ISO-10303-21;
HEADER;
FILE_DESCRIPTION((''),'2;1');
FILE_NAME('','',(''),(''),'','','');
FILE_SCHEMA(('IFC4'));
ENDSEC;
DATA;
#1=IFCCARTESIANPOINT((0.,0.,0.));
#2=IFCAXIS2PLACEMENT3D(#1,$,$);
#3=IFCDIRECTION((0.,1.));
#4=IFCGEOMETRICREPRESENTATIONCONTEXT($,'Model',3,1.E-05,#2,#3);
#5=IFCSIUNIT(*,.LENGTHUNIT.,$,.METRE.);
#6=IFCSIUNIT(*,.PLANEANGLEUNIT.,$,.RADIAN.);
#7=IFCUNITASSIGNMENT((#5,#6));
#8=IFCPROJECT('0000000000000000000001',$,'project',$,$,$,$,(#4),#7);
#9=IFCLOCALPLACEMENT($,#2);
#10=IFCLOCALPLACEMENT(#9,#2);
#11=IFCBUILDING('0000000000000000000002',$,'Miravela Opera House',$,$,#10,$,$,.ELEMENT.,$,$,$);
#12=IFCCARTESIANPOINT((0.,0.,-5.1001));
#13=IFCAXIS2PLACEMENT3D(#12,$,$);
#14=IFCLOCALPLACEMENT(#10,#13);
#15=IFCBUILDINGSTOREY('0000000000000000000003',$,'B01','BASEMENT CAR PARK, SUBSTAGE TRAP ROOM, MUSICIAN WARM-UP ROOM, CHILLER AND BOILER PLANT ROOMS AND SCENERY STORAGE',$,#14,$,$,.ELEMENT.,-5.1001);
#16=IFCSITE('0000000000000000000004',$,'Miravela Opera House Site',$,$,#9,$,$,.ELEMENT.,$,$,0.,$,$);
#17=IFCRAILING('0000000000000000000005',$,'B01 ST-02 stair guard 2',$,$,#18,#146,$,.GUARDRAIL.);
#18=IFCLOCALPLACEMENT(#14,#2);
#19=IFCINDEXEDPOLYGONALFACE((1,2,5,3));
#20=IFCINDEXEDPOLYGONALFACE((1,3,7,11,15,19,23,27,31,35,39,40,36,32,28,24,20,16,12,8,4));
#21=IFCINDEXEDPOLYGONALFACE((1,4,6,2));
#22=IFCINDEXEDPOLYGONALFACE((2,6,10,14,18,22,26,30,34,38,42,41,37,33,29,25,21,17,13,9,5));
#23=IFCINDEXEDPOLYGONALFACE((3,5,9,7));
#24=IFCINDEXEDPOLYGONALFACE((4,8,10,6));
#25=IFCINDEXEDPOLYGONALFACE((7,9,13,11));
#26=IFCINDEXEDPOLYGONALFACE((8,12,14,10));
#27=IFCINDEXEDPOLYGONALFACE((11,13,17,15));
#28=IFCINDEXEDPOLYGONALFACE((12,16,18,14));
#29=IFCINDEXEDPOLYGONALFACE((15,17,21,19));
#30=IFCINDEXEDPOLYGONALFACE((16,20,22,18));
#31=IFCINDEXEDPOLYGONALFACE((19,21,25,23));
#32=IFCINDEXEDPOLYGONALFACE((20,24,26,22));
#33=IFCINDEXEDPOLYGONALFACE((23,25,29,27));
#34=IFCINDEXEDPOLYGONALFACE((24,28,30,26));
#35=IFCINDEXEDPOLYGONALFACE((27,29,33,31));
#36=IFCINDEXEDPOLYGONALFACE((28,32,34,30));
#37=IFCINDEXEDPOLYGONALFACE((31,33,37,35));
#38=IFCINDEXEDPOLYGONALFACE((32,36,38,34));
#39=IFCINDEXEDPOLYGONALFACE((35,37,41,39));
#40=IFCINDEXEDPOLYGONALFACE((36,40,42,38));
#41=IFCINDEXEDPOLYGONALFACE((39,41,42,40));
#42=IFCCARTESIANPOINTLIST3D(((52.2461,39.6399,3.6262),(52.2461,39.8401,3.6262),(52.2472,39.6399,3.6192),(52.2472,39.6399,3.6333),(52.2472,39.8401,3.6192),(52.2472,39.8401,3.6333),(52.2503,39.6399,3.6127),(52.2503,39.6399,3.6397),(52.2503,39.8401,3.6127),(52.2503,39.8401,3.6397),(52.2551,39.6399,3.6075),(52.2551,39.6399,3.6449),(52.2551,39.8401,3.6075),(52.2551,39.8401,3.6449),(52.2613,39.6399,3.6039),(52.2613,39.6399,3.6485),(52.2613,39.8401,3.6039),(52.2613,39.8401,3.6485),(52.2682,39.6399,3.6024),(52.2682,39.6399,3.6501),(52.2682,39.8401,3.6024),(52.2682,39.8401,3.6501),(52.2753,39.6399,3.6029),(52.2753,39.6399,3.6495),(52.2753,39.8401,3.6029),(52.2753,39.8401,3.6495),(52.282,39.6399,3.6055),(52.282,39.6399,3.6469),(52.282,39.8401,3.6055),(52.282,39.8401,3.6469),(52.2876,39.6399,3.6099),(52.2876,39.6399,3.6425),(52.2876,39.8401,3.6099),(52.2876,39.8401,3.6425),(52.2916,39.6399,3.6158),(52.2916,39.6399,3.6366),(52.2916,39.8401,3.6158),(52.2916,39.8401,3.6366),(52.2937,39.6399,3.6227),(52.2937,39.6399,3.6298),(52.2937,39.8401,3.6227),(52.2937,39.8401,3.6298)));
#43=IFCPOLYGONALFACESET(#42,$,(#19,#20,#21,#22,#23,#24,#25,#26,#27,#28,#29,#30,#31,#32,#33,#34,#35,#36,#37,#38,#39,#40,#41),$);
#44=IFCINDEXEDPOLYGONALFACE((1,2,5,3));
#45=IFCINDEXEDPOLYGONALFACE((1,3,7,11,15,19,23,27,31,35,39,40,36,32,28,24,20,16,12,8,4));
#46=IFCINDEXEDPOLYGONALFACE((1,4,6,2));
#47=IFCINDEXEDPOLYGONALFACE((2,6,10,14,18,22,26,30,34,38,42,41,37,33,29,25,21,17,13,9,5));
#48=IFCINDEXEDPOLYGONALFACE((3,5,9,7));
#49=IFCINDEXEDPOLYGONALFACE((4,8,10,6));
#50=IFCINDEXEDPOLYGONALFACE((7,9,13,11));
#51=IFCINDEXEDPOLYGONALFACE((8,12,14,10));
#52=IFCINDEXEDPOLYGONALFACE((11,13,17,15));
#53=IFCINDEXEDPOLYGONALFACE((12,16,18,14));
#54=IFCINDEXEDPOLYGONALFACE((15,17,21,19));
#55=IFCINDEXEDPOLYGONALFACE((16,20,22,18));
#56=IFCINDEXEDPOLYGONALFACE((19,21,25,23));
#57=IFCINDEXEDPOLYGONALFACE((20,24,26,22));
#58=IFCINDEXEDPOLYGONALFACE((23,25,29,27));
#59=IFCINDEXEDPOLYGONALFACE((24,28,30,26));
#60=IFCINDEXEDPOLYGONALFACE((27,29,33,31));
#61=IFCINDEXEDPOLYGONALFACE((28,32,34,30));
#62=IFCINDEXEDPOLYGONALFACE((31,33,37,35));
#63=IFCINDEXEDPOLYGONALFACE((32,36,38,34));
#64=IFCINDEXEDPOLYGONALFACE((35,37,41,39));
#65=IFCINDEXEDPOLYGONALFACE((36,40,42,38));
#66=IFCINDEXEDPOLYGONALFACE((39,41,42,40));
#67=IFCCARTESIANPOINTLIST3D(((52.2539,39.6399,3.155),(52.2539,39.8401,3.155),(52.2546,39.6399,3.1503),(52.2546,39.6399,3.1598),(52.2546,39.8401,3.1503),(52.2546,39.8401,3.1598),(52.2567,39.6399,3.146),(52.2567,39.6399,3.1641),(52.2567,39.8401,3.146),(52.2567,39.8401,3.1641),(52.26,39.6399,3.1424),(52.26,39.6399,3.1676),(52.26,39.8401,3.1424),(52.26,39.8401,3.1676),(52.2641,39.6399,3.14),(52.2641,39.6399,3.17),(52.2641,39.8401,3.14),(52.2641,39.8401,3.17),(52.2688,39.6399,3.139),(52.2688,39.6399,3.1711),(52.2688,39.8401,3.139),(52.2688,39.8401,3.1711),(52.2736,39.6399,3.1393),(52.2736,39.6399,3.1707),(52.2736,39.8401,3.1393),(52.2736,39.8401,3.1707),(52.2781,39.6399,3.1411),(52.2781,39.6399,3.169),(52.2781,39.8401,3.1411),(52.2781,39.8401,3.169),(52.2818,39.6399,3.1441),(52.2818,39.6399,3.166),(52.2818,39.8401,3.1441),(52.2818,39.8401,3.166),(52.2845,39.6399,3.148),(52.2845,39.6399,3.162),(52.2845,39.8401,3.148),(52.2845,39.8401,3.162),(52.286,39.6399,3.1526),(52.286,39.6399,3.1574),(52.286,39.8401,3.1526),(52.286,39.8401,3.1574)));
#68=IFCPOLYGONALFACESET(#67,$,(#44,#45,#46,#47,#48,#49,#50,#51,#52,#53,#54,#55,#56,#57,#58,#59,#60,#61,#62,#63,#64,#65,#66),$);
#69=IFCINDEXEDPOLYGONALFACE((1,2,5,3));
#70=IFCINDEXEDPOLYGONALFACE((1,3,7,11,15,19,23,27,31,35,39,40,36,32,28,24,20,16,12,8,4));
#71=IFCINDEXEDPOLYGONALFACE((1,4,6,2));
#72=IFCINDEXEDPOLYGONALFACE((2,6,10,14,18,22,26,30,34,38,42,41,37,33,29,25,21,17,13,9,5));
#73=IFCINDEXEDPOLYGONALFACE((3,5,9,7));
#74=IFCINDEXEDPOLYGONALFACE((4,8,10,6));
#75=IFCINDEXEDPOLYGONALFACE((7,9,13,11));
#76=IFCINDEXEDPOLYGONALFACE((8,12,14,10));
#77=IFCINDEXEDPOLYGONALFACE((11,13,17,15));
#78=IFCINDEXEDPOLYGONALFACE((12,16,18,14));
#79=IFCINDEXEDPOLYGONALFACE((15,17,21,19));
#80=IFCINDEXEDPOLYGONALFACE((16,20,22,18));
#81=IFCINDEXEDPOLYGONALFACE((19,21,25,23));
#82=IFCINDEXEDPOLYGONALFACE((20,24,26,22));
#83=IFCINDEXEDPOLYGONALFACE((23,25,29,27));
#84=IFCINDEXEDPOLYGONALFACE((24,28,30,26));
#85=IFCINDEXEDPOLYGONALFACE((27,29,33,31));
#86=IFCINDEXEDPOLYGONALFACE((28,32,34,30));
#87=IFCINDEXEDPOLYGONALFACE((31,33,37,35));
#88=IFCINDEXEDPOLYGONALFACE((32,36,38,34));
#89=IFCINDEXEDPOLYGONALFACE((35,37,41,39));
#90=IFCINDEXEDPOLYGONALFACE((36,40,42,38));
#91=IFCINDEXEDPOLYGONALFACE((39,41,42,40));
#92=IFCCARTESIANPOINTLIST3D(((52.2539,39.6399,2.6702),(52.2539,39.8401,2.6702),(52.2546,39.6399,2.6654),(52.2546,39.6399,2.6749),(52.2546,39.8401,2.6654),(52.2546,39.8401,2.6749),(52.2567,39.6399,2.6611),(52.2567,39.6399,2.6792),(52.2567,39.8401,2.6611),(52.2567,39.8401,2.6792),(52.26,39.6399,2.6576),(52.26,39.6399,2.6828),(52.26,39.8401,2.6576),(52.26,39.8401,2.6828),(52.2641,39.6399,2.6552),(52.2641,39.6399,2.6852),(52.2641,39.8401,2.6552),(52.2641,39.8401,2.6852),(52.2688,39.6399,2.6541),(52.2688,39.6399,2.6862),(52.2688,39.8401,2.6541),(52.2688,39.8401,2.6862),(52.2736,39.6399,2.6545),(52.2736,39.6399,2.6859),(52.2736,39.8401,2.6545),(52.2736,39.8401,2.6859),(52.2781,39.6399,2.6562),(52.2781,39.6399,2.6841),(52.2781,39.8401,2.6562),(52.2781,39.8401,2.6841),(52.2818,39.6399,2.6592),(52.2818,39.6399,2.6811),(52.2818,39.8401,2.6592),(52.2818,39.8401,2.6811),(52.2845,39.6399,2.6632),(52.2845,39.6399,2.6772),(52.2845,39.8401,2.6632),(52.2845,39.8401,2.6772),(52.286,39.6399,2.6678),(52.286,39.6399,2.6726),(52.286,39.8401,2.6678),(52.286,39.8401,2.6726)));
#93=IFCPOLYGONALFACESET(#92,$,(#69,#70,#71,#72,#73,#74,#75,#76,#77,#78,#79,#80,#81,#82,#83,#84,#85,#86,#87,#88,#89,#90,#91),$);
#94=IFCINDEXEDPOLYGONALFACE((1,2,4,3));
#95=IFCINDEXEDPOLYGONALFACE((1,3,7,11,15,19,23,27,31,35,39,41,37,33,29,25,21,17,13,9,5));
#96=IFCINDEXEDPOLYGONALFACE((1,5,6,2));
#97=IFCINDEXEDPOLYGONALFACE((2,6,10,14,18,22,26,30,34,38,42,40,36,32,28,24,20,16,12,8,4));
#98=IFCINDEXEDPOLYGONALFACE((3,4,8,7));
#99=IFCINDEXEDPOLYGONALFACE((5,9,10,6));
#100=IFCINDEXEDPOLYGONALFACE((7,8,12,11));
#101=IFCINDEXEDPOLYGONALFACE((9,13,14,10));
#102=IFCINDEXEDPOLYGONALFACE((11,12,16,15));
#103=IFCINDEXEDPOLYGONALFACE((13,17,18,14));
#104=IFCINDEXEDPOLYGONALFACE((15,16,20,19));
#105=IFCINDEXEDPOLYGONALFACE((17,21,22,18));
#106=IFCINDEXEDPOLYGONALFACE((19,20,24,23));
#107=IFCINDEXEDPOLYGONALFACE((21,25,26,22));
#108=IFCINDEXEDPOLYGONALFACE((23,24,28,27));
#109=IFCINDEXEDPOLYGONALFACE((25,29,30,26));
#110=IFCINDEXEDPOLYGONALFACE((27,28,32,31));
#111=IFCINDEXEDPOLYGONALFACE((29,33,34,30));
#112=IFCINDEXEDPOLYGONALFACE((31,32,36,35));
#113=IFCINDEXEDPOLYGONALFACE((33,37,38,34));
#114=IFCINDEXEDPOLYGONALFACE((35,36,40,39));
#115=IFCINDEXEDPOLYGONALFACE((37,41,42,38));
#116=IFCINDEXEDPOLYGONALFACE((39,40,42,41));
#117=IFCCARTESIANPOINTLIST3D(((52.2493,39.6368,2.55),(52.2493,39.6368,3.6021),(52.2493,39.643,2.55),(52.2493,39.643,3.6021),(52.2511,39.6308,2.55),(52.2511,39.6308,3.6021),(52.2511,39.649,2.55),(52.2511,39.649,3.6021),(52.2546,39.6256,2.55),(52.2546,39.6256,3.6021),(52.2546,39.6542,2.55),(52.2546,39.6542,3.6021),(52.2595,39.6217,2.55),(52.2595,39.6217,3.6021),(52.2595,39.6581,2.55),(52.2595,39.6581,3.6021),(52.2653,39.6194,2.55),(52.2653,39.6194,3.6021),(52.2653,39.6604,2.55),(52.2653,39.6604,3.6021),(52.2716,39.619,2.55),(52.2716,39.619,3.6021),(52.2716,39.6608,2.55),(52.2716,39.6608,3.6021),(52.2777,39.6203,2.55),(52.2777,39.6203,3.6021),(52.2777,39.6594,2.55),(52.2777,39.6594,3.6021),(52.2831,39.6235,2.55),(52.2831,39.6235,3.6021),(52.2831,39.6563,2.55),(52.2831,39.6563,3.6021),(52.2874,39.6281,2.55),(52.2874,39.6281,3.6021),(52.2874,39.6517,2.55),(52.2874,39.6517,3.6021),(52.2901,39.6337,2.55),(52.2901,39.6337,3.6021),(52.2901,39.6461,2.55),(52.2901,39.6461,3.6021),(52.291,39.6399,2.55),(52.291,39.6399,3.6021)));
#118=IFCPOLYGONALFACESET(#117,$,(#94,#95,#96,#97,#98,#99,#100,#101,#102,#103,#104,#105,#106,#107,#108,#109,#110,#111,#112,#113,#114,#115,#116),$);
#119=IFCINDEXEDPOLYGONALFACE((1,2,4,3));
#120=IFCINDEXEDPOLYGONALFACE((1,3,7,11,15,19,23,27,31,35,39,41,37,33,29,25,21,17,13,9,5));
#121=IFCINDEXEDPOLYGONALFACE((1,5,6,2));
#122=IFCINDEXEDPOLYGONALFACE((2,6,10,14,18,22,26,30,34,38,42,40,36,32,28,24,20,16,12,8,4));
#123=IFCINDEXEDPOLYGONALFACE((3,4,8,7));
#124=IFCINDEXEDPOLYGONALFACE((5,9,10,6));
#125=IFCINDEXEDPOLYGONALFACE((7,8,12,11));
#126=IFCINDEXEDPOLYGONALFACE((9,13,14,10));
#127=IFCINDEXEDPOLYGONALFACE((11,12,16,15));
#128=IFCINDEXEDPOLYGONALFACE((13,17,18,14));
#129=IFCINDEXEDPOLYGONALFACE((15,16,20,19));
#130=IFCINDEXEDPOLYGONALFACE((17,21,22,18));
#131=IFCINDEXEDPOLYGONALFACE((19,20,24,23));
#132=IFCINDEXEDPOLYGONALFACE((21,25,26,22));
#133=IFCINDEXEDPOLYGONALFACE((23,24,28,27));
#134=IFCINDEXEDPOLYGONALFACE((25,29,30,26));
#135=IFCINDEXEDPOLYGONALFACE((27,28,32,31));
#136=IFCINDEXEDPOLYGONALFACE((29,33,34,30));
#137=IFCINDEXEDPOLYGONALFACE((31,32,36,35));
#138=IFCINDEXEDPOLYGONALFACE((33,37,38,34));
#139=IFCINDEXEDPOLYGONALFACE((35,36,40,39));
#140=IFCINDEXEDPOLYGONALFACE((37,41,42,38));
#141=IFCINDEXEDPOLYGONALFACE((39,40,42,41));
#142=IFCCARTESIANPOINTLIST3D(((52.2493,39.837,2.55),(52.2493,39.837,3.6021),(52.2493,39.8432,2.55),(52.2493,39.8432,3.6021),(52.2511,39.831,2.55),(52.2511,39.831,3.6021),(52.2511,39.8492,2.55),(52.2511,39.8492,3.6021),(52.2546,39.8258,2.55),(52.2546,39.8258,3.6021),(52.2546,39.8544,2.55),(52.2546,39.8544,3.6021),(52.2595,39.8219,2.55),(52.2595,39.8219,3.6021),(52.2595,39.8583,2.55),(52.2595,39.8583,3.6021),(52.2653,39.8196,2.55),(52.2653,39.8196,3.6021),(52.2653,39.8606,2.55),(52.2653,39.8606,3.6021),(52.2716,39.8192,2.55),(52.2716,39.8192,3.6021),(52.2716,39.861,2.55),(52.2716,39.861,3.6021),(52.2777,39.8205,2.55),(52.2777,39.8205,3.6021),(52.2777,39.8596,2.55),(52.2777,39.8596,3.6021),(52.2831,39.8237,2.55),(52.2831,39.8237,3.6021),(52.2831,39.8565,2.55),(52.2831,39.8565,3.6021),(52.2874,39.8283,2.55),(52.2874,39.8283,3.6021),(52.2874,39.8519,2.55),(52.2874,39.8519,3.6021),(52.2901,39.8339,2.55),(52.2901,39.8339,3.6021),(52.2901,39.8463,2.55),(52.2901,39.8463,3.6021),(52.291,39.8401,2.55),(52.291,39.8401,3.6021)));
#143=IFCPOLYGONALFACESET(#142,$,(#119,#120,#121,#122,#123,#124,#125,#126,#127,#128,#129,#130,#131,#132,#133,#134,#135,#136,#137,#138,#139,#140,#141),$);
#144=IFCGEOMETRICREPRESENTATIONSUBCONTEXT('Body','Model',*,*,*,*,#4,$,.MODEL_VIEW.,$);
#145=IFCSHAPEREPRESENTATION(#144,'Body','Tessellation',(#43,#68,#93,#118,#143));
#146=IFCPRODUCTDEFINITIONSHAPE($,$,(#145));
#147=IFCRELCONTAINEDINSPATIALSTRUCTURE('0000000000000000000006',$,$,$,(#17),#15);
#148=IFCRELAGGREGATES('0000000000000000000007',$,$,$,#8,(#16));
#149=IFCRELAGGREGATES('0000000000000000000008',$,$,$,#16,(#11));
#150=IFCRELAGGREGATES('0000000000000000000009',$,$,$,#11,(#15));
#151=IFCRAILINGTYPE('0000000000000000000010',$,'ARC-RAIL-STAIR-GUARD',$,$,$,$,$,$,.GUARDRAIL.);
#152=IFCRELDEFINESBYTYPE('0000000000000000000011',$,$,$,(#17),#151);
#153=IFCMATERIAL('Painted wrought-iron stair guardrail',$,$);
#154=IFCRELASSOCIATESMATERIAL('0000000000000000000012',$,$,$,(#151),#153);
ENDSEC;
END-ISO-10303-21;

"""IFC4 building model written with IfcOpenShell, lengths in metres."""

from ifc_helpers import new_model, si_unit, direction, frame, origin, origin_2d, place, context, subcontext, project, spatial, circle, extrude, material, type_object, element, save


model = new_model("IFC4")

# Units and contexts
model_context = context("Model", 3, precision=1e-05, world=origin(), true_north=direction((0.0, 1.0)))
body_context = subcontext(model_context, "Body", "Model", "MODEL_VIEW")
ifc_project = project(units=[si_unit("LENGTHUNIT", "METRE"), si_unit("PLANEANGLEUNIT", "RADIAN")], contexts=[model_context])

# Site, building, storey
site_placement = place(None, origin())
site = spatial("IfcSite", under=ifc_project, at=site_placement, Name="Miravela Opera House Site", CompositionType="ELEMENT", RefElevation=0.0)
building_placement = place(site_placement, origin())
building = spatial("IfcBuilding", under=site, at=building_placement, Name="Miravela Opera House", CompositionType="ELEMENT")
storey_placement = place(building_placement, frame((0.0, 0.0, -5.1001)))
storey = spatial("IfcBuildingStorey", under=building, at=storey_placement, Name="B01", Description="BASEMENT CAR PARK, SUBSTAGE TRAP ROOM, MUSICIAN WARM-UP ROOM, CHILLER AND BOILER PLANT ROOMS AND SCENERY STORAGE", CompositionType="ELEMENT", Elevation=-5.1001)

# Railing
ifc_material_1 = material(Name="Painted wrought-iron stair guardrail")
railing_type_1 = type_object("IfcRailingType", Name="ARC-RAIL-STAIR-GUARD", PredefinedType="GUARDRAIL", material=ifc_material_1)
railing_1_placement = place(storey_placement, frame((52.27, 39.6399, 2.55)))
element("IfcRailing", 1, at=railing_1_placement, inside=storey, type_object=railing_type_1, Name="B01 ST-02 stair guard 2", PredefinedType="GUARDRAIL", context=body_context, shape_type="SweptSolid", body=[
    extrude(circle(Radius=0.0239, at=origin_2d()), frame((0.0, 0.0, 1.0762), z_axis=(0.0, 1.0, 0.0), x_axis=(-1.0, 0.0, 0.0)), (0.0, 0.0, 1.0), 0.2002),
    extrude(circle(Radius=0.0161, at=origin_2d()), frame((0.0, 0.0, 0.605), z_axis=(0.0, 1.0, 0.0), x_axis=(-1.0, 0.0, 0.0)), (0.0, 0.0, 1.0), 0.2002),
    extrude(circle(Radius=0.0161, at=origin_2d()), frame((0.0, 0.0, 0.1201), z_axis=(0.0, 1.0, 0.0), x_axis=(-1.0, 0.0, 0.0)), (0.0, 0.0, 1.0), 0.2002),
    extrude(circle(Radius=0.021, at=origin_2d()), origin(), (0.0, 0.0, 1.0), 1.052),
    extrude(circle(Radius=0.021, at=origin_2d()), frame((0.0, 0.2002, 0.0)), (0.0, 0.0, 1.0), 1.052),
])

save(model, "model.ifc")
